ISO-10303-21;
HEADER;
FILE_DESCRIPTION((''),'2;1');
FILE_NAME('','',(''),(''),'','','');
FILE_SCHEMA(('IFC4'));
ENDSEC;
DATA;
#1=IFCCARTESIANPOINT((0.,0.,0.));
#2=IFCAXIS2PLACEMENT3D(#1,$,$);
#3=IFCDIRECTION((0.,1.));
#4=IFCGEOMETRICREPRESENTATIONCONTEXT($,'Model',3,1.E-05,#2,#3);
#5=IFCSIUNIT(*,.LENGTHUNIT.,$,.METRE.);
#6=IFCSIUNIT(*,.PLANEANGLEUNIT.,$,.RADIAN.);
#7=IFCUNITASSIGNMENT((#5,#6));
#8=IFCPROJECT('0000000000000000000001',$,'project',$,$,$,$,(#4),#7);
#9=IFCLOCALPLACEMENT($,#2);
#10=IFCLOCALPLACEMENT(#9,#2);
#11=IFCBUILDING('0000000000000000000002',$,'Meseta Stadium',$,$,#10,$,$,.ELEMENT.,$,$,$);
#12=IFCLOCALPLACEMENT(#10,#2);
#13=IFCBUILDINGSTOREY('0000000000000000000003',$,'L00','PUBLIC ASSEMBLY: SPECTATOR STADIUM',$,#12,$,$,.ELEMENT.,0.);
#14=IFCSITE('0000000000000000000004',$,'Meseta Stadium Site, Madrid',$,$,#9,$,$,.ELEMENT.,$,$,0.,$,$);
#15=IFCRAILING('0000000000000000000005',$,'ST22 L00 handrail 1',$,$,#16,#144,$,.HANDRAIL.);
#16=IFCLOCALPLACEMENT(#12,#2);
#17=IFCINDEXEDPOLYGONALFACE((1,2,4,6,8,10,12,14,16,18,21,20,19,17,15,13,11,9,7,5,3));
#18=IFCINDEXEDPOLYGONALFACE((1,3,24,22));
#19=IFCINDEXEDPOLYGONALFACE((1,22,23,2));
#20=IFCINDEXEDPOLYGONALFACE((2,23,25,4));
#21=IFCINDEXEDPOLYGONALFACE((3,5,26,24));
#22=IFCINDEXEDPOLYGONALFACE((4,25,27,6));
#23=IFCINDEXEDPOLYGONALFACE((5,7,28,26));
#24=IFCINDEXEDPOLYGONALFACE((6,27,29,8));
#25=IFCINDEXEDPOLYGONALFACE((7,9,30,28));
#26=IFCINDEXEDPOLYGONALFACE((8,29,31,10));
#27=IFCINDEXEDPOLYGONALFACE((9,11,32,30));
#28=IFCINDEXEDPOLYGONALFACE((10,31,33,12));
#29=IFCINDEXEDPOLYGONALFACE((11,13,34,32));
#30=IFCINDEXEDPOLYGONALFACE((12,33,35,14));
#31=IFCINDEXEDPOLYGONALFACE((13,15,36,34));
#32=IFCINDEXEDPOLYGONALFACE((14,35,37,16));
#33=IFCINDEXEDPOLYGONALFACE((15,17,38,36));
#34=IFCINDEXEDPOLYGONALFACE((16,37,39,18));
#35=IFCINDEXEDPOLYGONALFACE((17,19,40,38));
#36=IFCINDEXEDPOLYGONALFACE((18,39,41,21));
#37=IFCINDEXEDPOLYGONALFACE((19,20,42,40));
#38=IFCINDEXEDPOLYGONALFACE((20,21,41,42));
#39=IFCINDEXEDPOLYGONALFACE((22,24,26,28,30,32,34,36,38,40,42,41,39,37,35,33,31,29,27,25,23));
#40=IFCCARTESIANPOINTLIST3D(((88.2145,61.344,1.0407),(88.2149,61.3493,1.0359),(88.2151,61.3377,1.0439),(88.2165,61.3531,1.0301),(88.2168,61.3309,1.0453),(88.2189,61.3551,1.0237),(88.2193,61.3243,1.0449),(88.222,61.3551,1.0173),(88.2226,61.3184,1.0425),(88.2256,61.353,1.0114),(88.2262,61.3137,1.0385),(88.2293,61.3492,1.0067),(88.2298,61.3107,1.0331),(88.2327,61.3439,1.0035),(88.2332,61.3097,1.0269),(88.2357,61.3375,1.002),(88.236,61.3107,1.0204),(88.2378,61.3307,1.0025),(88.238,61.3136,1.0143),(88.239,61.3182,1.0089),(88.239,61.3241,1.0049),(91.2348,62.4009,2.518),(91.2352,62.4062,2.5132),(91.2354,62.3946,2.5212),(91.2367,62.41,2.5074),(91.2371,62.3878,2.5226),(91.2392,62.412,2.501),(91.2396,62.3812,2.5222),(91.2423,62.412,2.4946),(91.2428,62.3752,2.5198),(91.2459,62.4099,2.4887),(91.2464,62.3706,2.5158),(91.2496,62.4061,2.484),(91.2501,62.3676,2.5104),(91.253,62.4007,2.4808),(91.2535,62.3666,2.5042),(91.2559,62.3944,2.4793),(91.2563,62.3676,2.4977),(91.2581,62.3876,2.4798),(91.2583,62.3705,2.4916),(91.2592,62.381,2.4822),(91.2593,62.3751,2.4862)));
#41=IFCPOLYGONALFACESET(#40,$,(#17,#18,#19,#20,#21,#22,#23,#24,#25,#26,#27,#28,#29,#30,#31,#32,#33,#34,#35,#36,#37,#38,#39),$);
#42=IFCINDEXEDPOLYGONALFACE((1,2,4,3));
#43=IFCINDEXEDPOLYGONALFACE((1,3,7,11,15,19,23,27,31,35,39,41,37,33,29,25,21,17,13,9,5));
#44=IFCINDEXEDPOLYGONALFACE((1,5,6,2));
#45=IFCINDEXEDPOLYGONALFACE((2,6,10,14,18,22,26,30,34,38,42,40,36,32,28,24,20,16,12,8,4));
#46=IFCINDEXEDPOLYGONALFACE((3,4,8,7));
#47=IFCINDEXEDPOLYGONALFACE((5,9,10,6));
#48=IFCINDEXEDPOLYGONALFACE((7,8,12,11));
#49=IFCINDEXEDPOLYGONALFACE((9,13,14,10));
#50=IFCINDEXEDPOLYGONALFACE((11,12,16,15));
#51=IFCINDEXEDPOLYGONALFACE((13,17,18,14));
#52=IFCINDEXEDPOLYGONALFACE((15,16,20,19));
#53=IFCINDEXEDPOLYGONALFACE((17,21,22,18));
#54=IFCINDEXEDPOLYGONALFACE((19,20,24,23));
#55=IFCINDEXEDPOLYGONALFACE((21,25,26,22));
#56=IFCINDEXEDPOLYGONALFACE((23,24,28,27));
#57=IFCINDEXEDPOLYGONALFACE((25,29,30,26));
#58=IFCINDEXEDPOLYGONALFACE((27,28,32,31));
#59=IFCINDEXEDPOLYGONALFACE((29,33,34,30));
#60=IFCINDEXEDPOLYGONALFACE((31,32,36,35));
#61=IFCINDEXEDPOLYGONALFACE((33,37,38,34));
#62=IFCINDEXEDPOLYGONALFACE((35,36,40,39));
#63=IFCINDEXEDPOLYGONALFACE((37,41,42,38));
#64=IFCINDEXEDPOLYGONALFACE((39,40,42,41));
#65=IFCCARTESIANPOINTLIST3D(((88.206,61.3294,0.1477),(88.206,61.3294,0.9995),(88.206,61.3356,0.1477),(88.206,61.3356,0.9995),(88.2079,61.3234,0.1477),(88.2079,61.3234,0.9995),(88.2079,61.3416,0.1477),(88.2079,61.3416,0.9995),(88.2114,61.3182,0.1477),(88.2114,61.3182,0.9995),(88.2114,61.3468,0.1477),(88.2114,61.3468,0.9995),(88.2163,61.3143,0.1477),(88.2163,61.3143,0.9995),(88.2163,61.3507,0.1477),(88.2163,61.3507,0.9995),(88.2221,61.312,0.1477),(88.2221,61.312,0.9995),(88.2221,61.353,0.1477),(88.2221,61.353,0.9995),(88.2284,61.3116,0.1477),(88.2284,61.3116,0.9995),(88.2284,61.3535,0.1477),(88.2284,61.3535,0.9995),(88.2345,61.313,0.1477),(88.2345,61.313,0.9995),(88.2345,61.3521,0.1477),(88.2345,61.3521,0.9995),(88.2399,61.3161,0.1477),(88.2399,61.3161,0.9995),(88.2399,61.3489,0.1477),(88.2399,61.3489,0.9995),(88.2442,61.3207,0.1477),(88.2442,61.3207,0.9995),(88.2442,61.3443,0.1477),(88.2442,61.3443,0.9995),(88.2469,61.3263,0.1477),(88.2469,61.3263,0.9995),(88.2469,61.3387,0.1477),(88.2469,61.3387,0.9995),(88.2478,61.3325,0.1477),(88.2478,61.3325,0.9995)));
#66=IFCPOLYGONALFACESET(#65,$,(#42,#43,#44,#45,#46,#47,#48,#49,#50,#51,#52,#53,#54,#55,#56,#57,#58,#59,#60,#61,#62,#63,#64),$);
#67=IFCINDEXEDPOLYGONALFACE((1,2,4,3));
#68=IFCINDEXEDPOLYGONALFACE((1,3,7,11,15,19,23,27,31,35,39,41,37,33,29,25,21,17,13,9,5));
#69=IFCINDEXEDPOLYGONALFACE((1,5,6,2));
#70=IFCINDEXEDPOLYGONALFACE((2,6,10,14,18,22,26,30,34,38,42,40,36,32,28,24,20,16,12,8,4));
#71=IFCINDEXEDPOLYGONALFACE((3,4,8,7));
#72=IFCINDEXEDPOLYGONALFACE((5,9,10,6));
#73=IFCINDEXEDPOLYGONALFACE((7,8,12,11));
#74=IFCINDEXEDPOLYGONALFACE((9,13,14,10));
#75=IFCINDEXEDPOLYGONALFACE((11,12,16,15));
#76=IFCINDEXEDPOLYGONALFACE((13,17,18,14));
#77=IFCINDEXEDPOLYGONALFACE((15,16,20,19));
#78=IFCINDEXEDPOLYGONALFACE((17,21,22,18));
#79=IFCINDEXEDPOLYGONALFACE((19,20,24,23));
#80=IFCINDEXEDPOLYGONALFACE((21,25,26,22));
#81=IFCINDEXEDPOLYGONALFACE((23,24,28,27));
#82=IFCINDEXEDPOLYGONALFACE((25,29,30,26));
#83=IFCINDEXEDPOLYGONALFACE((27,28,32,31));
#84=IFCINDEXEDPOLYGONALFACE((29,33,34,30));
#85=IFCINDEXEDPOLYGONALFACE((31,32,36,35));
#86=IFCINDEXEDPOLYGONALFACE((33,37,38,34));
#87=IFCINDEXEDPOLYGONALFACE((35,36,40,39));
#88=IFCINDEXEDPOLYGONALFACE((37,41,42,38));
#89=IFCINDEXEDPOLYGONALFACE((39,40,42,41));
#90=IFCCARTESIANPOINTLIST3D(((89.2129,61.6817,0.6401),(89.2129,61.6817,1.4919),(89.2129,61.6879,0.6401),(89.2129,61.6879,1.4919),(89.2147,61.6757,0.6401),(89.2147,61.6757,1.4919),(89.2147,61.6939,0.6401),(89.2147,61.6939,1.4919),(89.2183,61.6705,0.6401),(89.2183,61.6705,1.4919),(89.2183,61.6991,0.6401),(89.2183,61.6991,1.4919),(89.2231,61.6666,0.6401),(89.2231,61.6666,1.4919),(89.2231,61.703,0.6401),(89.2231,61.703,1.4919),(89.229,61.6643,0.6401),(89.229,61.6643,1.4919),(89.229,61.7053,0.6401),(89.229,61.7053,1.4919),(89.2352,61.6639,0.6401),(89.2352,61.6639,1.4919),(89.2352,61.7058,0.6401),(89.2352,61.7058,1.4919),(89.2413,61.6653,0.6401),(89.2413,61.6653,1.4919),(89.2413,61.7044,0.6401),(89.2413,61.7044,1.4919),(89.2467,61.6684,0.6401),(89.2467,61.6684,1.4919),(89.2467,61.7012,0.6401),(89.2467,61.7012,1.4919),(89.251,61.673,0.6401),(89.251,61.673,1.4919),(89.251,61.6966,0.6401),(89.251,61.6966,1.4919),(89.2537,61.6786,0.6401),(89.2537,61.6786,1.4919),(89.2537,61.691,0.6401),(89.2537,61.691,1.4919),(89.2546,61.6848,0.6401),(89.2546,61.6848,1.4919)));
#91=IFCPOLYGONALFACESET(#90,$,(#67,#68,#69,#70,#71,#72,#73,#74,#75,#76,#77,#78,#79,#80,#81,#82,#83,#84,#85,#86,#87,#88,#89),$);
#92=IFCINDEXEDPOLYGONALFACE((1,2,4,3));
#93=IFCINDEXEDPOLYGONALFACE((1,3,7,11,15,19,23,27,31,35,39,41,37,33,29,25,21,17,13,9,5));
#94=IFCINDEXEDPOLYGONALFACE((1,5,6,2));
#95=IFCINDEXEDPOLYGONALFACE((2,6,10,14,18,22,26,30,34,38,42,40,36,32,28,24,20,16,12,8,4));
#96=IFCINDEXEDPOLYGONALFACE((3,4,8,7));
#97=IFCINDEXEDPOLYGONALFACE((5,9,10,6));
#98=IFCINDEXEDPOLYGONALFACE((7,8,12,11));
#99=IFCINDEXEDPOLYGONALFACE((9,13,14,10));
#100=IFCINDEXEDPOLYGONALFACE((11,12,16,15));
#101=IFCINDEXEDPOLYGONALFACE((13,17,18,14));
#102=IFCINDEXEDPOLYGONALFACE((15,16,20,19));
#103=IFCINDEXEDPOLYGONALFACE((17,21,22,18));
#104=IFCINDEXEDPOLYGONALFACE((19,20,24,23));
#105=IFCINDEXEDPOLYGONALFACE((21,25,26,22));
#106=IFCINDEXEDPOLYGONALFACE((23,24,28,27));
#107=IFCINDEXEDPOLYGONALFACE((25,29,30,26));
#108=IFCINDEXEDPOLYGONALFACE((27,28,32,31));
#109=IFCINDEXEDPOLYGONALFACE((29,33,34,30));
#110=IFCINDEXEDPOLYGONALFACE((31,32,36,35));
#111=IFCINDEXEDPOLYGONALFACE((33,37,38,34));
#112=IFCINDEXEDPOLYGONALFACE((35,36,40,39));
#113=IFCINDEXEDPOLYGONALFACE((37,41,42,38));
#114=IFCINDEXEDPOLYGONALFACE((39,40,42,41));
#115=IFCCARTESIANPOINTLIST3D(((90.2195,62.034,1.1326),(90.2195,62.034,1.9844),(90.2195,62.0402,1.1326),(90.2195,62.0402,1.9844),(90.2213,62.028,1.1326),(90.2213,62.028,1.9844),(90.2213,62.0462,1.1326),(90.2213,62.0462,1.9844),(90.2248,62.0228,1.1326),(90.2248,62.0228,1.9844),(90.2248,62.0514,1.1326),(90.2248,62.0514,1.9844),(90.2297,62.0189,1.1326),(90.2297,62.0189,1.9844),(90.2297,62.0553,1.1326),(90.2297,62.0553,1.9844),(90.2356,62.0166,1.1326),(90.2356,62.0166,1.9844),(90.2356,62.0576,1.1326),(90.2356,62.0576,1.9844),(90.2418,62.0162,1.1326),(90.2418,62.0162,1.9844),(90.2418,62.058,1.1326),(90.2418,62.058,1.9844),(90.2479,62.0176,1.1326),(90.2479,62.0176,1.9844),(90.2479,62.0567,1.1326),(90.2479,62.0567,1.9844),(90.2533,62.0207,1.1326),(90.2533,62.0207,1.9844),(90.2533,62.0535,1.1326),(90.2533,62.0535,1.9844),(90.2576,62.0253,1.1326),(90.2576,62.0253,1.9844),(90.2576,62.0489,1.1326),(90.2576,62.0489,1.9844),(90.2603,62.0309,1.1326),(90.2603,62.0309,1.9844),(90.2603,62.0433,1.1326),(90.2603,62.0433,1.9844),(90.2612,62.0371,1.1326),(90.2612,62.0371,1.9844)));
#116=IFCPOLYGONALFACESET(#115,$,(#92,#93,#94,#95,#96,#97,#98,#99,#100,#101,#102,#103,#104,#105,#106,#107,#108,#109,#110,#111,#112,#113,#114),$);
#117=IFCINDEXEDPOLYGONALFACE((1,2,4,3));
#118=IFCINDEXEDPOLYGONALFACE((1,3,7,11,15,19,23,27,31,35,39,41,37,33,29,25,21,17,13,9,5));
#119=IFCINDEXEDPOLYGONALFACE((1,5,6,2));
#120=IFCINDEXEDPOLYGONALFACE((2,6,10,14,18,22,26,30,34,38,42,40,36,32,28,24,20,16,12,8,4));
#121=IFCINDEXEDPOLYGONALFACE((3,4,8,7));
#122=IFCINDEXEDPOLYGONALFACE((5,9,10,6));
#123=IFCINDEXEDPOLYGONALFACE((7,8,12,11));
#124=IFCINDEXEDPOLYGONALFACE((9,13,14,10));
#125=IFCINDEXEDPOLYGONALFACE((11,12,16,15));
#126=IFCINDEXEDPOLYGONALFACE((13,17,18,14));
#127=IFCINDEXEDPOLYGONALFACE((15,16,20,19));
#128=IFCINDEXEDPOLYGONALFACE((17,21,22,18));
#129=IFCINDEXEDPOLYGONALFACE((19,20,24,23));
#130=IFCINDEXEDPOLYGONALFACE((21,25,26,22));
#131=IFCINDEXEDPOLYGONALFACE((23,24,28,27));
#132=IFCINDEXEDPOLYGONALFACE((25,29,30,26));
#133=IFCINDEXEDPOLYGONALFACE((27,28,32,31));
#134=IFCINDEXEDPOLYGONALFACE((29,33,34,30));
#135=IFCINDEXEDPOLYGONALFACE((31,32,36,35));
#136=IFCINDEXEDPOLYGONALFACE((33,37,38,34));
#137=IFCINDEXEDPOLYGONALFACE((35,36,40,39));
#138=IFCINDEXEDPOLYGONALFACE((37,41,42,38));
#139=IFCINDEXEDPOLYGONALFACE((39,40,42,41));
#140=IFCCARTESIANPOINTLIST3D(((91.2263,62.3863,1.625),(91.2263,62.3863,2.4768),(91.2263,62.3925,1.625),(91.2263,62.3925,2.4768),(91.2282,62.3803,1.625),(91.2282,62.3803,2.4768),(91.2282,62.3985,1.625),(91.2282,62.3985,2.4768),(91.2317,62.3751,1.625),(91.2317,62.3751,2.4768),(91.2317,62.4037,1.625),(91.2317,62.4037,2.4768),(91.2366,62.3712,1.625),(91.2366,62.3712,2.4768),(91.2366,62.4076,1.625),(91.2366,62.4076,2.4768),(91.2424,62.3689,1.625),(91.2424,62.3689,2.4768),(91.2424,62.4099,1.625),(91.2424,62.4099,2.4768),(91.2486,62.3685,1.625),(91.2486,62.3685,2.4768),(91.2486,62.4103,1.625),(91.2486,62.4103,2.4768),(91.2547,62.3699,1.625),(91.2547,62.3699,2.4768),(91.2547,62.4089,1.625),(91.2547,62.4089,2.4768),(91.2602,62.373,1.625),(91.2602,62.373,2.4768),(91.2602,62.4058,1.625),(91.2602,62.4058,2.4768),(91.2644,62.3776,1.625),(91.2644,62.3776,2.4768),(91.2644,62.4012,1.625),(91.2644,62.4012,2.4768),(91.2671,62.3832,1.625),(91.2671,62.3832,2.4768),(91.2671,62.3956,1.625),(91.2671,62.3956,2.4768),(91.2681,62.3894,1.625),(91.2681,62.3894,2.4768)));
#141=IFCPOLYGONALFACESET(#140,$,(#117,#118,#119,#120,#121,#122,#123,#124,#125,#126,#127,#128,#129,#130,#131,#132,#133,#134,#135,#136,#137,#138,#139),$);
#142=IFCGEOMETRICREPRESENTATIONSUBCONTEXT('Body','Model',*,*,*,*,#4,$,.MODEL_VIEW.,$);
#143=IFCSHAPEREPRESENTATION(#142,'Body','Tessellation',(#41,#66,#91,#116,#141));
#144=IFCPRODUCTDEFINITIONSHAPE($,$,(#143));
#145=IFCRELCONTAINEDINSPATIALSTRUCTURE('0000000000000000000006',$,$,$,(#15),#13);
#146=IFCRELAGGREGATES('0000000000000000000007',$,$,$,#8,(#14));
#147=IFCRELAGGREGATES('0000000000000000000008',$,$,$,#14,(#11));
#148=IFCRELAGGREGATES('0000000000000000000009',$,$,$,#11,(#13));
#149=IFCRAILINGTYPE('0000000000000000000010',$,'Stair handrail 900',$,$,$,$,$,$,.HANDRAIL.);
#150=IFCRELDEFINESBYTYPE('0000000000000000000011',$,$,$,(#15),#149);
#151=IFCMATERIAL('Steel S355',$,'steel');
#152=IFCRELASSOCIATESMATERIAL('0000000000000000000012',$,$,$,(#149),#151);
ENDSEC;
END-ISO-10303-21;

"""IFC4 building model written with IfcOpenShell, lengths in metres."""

from ifc_helpers import new_model, si_unit, direction, frame, origin, origin_2d, place, context, subcontext, project, spatial, circle, extrude, material, type_object, element, save


model = new_model("IFC4")

# Units and contexts
model_context = context("Model", 3, precision=1e-05, world=origin(), true_north=direction((0.0, 1.0)))
body_context = subcontext(model_context, "Body", "Model", "MODEL_VIEW")
ifc_project = project(units=[si_unit("LENGTHUNIT", "METRE"), si_unit("PLANEANGLEUNIT", "RADIAN")], contexts=[model_context])

# Site, building, storey
site_placement = place(None, origin())
site = spatial("IfcSite", under=ifc_project, at=site_placement, Name="Meseta Stadium Site, Madrid", CompositionType="ELEMENT", RefElevation=0.0)
building_placement = place(site_placement, origin())
building = spatial("IfcBuilding", under=site, at=building_placement, Name="Meseta Stadium", CompositionType="ELEMENT")
storey_placement = place(building_placement, origin())
storey = spatial("IfcBuildingStorey", under=building, at=storey_placement, Name="L00", Description="PUBLIC ASSEMBLY: SPECTATOR STADIUM", CompositionType="ELEMENT", Elevation=0.0)

# Railing
ifc_material_1 = material(Name="Steel S355", Category="steel")
railing_type_1 = type_object("IfcRailingType", Name="Stair handrail 900", PredefinedType="HANDRAIL", material=ifc_material_1)
for number, where, name in (
    (1, (88.2268, 61.3325, 0.1477), "ST22 L00 handrail 1"),
):
    element("IfcRailing", number, at=place(storey_placement, frame(where)), inside=storey, type_object=railing_type_1, Name=name, PredefinedType="HANDRAIL", context=body_context, shape_type="SweptSolid", body=[
        extrude(circle(Radius=0.0239, at=origin_2d()), frame((0.0, 0.0, 0.876), z_axis=(0.856958, 0.299876, 0.419162), x_axis=(-0.330293, 0.943879, 0.0)), (0.0, 0.0, 1.0), 3.5244),
        extrude(circle(Radius=0.021, at=origin_2d()), origin(), (0.0, 0.0, 1.0), 0.8518),
        extrude(circle(Radius=0.021, at=origin_2d()), frame((1.0068, 0.3523, 0.4924)), (0.0, 0.0, 1.0), 0.8518),
        extrude(circle(Radius=0.021, at=origin_2d()), frame((2.0134, 0.7046, 0.9849)), (0.0, 0.0, 1.0), 0.8518),
        extrude(circle(Radius=0.021, at=origin_2d()), frame((3.0203, 1.0569, 1.4773)), (0.0, 0.0, 1.0), 0.8518),
    ])

save(model, "model.ifc")
